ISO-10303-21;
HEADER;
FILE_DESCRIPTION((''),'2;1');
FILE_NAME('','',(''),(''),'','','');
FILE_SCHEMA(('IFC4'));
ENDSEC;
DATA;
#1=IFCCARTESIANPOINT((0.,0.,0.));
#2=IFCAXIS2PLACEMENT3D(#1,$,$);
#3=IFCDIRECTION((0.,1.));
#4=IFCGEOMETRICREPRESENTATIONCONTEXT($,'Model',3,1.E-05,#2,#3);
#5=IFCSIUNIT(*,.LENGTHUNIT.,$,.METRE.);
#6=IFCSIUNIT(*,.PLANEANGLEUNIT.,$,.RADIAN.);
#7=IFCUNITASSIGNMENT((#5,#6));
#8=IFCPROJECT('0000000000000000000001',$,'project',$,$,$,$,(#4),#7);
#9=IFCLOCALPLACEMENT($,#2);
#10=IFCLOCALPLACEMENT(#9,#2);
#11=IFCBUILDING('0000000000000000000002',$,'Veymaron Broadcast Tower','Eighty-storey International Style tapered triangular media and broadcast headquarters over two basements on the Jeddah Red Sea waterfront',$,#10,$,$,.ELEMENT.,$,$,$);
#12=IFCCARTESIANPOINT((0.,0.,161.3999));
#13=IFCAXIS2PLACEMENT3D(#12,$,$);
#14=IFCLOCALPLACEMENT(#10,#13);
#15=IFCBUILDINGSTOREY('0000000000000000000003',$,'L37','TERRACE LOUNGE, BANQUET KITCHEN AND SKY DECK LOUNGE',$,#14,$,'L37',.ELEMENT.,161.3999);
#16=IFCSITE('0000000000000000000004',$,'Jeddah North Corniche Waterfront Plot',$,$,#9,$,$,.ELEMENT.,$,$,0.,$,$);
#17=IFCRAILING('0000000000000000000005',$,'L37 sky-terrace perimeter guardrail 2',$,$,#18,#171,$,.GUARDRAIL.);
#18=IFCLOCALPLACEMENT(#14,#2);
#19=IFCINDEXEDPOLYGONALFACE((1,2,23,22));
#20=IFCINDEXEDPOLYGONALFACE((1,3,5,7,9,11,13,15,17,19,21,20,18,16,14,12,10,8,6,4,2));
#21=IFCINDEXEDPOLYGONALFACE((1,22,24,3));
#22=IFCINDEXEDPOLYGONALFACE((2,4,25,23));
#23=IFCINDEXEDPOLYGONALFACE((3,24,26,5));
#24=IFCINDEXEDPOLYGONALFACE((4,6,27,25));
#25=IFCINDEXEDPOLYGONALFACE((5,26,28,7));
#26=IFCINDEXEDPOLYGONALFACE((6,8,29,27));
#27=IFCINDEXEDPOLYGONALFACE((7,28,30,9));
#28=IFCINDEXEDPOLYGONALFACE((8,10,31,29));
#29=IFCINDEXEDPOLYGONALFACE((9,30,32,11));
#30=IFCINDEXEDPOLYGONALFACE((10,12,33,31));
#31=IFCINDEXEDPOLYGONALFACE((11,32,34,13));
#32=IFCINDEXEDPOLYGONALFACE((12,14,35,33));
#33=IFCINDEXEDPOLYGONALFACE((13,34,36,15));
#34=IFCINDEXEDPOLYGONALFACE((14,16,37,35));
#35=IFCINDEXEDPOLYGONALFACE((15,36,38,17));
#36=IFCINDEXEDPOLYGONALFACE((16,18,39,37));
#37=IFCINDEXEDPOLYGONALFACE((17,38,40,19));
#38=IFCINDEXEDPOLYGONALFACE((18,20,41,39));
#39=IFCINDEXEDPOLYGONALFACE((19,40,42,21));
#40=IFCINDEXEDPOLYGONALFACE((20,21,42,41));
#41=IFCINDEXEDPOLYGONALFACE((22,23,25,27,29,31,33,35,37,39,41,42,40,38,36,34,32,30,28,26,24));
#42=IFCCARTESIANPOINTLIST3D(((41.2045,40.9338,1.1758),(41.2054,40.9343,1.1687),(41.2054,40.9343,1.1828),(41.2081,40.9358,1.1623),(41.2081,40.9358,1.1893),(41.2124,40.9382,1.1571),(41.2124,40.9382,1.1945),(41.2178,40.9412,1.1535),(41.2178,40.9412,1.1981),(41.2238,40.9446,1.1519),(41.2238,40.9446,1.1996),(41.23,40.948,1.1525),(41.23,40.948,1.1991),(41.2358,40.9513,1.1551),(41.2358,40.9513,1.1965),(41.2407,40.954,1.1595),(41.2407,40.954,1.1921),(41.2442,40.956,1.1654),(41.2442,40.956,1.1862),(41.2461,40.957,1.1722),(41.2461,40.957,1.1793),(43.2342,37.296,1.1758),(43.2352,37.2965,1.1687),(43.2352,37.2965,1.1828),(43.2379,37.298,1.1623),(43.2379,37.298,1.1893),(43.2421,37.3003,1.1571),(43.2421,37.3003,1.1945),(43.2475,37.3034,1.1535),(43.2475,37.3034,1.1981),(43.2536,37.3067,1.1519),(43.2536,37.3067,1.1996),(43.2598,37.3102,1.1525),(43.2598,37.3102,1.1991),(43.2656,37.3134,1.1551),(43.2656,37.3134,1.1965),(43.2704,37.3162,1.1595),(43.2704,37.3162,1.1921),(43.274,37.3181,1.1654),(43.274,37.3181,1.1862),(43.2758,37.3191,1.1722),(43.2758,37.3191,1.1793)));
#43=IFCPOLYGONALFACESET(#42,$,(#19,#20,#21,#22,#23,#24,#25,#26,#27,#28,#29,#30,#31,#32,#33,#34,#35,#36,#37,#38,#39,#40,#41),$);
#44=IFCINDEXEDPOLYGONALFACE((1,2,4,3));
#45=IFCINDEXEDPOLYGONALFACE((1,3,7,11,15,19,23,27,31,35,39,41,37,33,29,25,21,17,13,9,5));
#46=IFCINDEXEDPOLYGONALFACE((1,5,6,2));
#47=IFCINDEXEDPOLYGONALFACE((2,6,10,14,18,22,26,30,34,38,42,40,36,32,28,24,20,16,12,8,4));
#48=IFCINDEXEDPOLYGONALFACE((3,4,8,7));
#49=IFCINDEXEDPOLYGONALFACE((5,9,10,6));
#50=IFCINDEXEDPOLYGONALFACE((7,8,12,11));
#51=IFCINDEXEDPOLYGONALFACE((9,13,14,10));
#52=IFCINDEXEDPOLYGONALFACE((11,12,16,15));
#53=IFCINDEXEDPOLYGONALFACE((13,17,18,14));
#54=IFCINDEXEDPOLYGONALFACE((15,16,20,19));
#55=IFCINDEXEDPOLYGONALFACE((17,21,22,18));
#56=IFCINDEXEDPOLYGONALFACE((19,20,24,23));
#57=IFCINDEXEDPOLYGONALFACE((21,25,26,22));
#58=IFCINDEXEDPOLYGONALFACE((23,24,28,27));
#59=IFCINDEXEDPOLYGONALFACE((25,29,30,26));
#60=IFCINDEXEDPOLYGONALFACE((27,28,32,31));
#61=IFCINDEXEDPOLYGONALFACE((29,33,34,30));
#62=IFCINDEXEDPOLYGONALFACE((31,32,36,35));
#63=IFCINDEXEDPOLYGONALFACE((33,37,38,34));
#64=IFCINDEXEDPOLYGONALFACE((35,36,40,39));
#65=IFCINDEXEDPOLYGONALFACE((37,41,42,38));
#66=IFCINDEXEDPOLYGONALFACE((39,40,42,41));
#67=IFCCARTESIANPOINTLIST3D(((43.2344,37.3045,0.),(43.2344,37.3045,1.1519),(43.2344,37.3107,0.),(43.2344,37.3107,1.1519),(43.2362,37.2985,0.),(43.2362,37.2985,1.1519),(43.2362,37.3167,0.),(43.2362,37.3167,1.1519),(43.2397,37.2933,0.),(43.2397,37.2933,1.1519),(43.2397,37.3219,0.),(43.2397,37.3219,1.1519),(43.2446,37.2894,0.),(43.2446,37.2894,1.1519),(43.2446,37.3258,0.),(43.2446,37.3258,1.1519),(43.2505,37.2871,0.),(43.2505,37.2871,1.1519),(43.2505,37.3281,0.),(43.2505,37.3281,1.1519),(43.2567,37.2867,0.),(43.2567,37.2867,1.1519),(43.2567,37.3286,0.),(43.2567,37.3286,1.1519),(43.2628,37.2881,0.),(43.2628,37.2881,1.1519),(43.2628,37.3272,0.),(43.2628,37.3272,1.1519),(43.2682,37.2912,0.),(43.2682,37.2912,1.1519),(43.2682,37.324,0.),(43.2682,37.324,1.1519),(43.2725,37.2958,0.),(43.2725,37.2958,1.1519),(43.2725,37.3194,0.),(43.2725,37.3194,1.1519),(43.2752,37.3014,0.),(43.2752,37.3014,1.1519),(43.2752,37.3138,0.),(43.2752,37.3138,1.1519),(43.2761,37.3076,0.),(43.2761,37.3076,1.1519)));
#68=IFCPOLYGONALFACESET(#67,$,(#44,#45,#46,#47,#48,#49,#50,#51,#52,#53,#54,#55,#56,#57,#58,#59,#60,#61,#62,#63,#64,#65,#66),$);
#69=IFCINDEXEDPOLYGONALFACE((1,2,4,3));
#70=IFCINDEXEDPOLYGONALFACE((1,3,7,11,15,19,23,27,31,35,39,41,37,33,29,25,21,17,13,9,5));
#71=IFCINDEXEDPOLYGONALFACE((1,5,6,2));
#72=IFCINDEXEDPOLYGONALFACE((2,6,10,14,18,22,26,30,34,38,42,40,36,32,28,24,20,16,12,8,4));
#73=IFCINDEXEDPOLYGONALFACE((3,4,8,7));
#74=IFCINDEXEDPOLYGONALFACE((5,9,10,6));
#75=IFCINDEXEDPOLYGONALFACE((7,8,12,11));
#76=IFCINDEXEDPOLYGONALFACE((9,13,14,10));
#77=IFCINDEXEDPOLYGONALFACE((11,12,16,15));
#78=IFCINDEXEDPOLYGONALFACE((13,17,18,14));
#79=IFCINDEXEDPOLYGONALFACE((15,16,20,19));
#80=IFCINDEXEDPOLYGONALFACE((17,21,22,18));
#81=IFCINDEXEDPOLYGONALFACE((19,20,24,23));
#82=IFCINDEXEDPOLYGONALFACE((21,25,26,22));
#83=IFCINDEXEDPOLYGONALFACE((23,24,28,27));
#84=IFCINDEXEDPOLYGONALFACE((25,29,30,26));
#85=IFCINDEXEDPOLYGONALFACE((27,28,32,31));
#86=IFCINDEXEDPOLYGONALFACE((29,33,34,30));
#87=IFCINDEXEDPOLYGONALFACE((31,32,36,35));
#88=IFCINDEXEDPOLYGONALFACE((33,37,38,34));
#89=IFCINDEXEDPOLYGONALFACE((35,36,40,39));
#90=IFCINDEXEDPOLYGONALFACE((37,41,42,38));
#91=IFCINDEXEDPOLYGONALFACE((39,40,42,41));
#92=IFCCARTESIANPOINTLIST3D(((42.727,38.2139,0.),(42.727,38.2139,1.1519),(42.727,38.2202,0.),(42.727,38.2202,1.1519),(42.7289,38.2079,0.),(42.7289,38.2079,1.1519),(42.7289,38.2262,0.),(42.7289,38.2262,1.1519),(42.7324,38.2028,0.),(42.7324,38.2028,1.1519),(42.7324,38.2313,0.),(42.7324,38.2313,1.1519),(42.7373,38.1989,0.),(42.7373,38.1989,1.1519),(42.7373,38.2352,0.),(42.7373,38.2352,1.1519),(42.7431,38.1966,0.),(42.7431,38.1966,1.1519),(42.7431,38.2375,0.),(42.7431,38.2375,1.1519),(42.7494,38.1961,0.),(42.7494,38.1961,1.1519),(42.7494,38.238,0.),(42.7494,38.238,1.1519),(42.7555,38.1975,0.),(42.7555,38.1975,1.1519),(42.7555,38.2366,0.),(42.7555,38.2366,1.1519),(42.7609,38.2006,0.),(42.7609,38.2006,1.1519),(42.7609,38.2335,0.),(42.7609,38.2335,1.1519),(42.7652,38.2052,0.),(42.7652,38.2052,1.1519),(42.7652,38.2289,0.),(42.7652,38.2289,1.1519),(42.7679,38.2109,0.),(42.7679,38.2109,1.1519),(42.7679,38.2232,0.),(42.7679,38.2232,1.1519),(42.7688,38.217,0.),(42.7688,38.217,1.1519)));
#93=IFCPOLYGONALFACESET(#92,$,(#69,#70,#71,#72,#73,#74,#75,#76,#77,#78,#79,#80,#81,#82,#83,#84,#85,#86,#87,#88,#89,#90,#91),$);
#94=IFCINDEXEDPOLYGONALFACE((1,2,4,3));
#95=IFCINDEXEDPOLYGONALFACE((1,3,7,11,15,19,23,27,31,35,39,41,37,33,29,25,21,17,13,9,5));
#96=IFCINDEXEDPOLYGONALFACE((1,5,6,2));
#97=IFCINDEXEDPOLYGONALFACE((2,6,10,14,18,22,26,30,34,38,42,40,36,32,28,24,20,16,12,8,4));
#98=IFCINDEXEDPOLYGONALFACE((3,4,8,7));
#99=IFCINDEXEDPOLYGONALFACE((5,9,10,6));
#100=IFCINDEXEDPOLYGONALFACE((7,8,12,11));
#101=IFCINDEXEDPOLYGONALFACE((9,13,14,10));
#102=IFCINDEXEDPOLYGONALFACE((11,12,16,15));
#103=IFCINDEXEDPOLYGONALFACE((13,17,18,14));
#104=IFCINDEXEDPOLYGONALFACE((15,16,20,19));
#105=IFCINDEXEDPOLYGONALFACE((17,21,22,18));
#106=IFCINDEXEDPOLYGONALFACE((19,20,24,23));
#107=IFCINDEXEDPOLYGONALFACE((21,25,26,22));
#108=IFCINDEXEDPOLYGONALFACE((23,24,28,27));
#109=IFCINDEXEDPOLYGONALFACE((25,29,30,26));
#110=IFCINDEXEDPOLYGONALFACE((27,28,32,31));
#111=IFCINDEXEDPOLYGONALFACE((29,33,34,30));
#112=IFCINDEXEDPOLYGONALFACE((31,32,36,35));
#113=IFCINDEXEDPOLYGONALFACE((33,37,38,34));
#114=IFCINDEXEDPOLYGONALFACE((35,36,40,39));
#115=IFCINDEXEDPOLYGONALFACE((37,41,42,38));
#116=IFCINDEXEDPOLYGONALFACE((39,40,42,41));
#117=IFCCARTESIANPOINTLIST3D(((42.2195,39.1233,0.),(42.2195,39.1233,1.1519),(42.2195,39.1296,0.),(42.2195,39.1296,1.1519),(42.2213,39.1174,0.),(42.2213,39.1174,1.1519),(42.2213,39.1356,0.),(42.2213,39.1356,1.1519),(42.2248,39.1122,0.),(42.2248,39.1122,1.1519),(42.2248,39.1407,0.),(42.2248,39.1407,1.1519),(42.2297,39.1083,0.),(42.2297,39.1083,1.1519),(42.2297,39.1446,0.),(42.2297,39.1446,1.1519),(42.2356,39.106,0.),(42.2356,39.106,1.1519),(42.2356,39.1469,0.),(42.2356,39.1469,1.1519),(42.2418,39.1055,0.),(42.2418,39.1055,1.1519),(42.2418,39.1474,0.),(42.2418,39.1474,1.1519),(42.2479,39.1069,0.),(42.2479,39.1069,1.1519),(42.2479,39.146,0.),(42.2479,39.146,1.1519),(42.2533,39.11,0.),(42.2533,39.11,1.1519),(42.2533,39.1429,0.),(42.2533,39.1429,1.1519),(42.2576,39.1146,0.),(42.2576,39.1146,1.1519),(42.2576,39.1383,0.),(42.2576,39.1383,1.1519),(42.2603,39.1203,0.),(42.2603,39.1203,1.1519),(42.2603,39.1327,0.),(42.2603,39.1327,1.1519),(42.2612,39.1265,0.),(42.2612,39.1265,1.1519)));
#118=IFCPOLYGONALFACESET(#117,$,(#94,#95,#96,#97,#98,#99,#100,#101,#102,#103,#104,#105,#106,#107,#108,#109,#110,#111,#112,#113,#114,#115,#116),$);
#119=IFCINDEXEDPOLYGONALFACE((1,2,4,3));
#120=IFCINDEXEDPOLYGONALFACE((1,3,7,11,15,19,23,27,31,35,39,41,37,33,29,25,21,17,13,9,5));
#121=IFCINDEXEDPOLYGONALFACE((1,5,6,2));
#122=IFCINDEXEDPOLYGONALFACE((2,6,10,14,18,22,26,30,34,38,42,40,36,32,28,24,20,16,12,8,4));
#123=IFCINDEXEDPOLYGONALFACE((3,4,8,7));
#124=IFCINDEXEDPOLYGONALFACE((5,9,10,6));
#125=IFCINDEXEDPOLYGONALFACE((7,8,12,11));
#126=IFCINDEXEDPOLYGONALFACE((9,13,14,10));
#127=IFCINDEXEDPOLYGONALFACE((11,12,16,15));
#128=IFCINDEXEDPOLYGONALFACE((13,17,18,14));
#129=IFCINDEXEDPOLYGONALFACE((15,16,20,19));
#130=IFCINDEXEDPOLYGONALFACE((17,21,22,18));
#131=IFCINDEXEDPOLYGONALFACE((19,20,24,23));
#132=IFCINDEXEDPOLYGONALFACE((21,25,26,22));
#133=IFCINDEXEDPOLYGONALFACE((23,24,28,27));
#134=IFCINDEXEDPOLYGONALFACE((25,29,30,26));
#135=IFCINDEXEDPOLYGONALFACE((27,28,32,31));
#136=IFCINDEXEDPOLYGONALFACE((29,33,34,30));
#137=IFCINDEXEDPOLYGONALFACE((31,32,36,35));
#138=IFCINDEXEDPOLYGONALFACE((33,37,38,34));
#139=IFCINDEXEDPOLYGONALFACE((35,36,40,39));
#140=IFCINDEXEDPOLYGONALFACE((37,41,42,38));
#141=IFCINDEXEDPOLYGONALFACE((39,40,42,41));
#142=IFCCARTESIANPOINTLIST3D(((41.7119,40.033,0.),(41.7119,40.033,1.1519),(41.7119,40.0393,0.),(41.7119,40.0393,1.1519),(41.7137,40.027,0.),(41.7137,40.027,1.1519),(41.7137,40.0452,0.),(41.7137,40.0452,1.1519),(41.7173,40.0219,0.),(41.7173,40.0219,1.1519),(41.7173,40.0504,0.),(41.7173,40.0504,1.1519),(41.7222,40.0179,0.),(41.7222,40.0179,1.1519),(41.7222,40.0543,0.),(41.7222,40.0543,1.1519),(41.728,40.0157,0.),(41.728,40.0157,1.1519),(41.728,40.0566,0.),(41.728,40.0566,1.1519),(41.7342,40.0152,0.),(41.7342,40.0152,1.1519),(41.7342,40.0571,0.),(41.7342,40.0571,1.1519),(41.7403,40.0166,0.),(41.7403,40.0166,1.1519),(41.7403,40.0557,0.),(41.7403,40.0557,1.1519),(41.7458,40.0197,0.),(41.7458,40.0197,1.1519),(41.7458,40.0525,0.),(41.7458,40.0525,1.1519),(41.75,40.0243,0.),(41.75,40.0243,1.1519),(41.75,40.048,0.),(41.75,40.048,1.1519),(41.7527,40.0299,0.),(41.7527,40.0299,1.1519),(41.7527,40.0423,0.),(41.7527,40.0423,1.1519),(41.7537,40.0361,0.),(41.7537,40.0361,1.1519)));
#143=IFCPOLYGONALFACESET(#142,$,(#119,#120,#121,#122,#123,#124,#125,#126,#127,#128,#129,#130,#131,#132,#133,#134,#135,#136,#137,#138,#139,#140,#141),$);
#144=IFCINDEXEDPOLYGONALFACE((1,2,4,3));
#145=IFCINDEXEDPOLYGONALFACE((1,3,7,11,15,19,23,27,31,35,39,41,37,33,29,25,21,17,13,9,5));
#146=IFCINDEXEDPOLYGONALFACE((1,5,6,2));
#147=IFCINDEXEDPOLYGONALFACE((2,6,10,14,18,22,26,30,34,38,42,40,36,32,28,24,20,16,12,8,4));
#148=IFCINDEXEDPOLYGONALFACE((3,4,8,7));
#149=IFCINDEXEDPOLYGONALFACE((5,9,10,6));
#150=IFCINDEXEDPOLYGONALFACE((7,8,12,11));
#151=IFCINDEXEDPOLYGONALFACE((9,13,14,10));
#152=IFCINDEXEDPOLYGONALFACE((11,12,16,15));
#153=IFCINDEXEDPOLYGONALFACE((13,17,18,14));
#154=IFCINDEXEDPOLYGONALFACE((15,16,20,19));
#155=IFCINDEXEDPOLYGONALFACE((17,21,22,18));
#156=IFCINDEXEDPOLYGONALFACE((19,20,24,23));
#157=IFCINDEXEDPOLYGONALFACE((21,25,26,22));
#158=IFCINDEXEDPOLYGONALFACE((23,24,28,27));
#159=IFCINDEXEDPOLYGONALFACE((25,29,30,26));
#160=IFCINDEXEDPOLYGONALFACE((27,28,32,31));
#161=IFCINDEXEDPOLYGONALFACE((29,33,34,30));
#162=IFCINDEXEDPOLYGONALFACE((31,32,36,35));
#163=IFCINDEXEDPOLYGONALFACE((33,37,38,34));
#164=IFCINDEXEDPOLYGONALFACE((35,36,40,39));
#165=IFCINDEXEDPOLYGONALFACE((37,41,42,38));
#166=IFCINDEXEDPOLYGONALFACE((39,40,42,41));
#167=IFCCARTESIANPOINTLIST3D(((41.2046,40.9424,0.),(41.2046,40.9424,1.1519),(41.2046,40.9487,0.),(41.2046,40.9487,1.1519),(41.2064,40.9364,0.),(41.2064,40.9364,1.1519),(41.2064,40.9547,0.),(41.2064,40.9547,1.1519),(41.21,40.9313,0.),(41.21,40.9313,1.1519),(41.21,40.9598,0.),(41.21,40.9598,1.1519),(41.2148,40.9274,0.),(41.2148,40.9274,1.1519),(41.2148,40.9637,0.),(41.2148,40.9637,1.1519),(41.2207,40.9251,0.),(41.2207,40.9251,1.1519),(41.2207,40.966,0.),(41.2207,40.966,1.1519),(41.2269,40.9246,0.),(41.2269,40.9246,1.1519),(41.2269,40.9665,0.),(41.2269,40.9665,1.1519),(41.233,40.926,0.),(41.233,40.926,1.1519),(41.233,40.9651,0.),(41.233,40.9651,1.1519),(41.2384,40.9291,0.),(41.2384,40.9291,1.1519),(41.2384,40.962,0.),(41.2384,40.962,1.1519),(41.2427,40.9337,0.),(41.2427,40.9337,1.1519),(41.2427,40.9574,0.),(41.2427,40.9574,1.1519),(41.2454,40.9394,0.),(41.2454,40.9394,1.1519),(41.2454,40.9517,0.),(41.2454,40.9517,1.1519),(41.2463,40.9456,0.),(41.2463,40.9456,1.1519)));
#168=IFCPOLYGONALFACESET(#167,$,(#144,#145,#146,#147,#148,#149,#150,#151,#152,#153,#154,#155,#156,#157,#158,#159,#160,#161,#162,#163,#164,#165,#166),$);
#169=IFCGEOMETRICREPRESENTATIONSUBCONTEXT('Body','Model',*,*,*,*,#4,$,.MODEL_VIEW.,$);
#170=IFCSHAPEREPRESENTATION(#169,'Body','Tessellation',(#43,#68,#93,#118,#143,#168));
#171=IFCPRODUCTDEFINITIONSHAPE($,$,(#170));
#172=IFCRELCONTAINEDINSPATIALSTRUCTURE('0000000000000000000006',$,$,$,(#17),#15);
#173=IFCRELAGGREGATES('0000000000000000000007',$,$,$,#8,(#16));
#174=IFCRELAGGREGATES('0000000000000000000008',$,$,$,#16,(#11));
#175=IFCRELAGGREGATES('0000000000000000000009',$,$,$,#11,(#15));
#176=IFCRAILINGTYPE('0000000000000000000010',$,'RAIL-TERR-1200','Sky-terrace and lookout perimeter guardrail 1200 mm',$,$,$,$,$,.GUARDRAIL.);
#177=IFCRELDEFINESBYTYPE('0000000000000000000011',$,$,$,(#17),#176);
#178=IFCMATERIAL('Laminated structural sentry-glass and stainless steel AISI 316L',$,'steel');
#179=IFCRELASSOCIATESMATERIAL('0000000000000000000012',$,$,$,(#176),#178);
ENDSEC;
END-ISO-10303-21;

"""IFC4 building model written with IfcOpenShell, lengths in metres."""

from ifc_helpers import new_model, si_unit, direction, frame, origin, origin_2d, place, context, subcontext, project, spatial, circle, extrude, material, type_object, element, save


model = new_model("IFC4")

# Units and contexts
model_context = context("Model", 3, precision=1e-05, world=origin(), true_north=direction((0.0, 1.0)))
body_context = subcontext(model_context, "Body", "Model", "MODEL_VIEW")
ifc_project = project(units=[si_unit("LENGTHUNIT", "METRE"), si_unit("PLANEANGLEUNIT", "RADIAN")], contexts=[model_context])

# Site, building, storey
site_placement = place(None, origin())
site = spatial("IfcSite", under=ifc_project, at=site_placement, Name="Jeddah North Corniche Waterfront Plot", CompositionType="ELEMENT", RefElevation=0.0)
building_placement = place(site_placement, origin())
building = spatial("IfcBuilding", under=site, at=building_placement, Name="Veymaron Broadcast Tower", Description="Eighty-storey International Style tapered triangular media and broadcast headquarters over two basements on the Jeddah Red Sea waterfront", CompositionType="ELEMENT")
storey_placement = place(building_placement, frame((0.0, 0.0, 161.3999)))
storey = spatial("IfcBuildingStorey", under=building, at=storey_placement, Name="L37", Description="TERRACE LOUNGE, BANQUET KITCHEN AND SKY DECK LOUNGE", LongName="L37", CompositionType="ELEMENT", Elevation=161.3999)

# Railing
ifc_material_1 = material(Name="Laminated structural sentry-glass and stainless steel AISI 316L", Category="steel")
railing_type_1 = type_object("IfcRailingType", Name="RAIL-TERR-1200", Description="Sky-terrace and lookout perimeter guardrail 1200 mm", PredefinedType="GUARDRAIL", material=ifc_material_1)
railing_1_placement = place(storey_placement, frame((43.2551, 37.3076, 0.0)))
element("IfcRailing", 1, at=railing_1_placement, inside=storey, type_object=railing_type_1, Name="L37 sky-terrace perimeter guardrail 2", PredefinedType="GUARDRAIL", context=body_context, shape_type="SweptSolid", body=[
    extrude(circle(Radius=0.0239, at=origin_2d()), frame((0.0, 0.0, 1.1758), z_axis=(-0.487239, 0.873268, 0.0), x_axis=(-0.873268, -0.487239, 0.0)), (0.0, 0.0, 1.0), 4.1658),
    extrude(circle(Radius=0.021, at=origin_2d()), origin(), (0.0, 0.0, 1.0), 1.1519),
    extrude(circle(Radius=0.021, at=origin_2d()), frame((-0.5073, 0.9094, 0.0)), (0.0, 0.0, 1.0), 1.1519),
    extrude(circle(Radius=0.021, at=origin_2d()), frame((-1.0149, 1.8188, 0.0)), (0.0, 0.0, 1.0), 1.1519),
    extrude(circle(Radius=0.021, at=origin_2d()), frame((-1.5225, 2.7285, 0.0)), (0.0, 0.0, 1.0), 1.1519),
    extrude(circle(Radius=0.021, at=origin_2d()), frame((-2.0298, 3.6379, 0.0)), (0.0, 0.0, 1.0), 1.1519),
])

save(model, "model.ifc")
